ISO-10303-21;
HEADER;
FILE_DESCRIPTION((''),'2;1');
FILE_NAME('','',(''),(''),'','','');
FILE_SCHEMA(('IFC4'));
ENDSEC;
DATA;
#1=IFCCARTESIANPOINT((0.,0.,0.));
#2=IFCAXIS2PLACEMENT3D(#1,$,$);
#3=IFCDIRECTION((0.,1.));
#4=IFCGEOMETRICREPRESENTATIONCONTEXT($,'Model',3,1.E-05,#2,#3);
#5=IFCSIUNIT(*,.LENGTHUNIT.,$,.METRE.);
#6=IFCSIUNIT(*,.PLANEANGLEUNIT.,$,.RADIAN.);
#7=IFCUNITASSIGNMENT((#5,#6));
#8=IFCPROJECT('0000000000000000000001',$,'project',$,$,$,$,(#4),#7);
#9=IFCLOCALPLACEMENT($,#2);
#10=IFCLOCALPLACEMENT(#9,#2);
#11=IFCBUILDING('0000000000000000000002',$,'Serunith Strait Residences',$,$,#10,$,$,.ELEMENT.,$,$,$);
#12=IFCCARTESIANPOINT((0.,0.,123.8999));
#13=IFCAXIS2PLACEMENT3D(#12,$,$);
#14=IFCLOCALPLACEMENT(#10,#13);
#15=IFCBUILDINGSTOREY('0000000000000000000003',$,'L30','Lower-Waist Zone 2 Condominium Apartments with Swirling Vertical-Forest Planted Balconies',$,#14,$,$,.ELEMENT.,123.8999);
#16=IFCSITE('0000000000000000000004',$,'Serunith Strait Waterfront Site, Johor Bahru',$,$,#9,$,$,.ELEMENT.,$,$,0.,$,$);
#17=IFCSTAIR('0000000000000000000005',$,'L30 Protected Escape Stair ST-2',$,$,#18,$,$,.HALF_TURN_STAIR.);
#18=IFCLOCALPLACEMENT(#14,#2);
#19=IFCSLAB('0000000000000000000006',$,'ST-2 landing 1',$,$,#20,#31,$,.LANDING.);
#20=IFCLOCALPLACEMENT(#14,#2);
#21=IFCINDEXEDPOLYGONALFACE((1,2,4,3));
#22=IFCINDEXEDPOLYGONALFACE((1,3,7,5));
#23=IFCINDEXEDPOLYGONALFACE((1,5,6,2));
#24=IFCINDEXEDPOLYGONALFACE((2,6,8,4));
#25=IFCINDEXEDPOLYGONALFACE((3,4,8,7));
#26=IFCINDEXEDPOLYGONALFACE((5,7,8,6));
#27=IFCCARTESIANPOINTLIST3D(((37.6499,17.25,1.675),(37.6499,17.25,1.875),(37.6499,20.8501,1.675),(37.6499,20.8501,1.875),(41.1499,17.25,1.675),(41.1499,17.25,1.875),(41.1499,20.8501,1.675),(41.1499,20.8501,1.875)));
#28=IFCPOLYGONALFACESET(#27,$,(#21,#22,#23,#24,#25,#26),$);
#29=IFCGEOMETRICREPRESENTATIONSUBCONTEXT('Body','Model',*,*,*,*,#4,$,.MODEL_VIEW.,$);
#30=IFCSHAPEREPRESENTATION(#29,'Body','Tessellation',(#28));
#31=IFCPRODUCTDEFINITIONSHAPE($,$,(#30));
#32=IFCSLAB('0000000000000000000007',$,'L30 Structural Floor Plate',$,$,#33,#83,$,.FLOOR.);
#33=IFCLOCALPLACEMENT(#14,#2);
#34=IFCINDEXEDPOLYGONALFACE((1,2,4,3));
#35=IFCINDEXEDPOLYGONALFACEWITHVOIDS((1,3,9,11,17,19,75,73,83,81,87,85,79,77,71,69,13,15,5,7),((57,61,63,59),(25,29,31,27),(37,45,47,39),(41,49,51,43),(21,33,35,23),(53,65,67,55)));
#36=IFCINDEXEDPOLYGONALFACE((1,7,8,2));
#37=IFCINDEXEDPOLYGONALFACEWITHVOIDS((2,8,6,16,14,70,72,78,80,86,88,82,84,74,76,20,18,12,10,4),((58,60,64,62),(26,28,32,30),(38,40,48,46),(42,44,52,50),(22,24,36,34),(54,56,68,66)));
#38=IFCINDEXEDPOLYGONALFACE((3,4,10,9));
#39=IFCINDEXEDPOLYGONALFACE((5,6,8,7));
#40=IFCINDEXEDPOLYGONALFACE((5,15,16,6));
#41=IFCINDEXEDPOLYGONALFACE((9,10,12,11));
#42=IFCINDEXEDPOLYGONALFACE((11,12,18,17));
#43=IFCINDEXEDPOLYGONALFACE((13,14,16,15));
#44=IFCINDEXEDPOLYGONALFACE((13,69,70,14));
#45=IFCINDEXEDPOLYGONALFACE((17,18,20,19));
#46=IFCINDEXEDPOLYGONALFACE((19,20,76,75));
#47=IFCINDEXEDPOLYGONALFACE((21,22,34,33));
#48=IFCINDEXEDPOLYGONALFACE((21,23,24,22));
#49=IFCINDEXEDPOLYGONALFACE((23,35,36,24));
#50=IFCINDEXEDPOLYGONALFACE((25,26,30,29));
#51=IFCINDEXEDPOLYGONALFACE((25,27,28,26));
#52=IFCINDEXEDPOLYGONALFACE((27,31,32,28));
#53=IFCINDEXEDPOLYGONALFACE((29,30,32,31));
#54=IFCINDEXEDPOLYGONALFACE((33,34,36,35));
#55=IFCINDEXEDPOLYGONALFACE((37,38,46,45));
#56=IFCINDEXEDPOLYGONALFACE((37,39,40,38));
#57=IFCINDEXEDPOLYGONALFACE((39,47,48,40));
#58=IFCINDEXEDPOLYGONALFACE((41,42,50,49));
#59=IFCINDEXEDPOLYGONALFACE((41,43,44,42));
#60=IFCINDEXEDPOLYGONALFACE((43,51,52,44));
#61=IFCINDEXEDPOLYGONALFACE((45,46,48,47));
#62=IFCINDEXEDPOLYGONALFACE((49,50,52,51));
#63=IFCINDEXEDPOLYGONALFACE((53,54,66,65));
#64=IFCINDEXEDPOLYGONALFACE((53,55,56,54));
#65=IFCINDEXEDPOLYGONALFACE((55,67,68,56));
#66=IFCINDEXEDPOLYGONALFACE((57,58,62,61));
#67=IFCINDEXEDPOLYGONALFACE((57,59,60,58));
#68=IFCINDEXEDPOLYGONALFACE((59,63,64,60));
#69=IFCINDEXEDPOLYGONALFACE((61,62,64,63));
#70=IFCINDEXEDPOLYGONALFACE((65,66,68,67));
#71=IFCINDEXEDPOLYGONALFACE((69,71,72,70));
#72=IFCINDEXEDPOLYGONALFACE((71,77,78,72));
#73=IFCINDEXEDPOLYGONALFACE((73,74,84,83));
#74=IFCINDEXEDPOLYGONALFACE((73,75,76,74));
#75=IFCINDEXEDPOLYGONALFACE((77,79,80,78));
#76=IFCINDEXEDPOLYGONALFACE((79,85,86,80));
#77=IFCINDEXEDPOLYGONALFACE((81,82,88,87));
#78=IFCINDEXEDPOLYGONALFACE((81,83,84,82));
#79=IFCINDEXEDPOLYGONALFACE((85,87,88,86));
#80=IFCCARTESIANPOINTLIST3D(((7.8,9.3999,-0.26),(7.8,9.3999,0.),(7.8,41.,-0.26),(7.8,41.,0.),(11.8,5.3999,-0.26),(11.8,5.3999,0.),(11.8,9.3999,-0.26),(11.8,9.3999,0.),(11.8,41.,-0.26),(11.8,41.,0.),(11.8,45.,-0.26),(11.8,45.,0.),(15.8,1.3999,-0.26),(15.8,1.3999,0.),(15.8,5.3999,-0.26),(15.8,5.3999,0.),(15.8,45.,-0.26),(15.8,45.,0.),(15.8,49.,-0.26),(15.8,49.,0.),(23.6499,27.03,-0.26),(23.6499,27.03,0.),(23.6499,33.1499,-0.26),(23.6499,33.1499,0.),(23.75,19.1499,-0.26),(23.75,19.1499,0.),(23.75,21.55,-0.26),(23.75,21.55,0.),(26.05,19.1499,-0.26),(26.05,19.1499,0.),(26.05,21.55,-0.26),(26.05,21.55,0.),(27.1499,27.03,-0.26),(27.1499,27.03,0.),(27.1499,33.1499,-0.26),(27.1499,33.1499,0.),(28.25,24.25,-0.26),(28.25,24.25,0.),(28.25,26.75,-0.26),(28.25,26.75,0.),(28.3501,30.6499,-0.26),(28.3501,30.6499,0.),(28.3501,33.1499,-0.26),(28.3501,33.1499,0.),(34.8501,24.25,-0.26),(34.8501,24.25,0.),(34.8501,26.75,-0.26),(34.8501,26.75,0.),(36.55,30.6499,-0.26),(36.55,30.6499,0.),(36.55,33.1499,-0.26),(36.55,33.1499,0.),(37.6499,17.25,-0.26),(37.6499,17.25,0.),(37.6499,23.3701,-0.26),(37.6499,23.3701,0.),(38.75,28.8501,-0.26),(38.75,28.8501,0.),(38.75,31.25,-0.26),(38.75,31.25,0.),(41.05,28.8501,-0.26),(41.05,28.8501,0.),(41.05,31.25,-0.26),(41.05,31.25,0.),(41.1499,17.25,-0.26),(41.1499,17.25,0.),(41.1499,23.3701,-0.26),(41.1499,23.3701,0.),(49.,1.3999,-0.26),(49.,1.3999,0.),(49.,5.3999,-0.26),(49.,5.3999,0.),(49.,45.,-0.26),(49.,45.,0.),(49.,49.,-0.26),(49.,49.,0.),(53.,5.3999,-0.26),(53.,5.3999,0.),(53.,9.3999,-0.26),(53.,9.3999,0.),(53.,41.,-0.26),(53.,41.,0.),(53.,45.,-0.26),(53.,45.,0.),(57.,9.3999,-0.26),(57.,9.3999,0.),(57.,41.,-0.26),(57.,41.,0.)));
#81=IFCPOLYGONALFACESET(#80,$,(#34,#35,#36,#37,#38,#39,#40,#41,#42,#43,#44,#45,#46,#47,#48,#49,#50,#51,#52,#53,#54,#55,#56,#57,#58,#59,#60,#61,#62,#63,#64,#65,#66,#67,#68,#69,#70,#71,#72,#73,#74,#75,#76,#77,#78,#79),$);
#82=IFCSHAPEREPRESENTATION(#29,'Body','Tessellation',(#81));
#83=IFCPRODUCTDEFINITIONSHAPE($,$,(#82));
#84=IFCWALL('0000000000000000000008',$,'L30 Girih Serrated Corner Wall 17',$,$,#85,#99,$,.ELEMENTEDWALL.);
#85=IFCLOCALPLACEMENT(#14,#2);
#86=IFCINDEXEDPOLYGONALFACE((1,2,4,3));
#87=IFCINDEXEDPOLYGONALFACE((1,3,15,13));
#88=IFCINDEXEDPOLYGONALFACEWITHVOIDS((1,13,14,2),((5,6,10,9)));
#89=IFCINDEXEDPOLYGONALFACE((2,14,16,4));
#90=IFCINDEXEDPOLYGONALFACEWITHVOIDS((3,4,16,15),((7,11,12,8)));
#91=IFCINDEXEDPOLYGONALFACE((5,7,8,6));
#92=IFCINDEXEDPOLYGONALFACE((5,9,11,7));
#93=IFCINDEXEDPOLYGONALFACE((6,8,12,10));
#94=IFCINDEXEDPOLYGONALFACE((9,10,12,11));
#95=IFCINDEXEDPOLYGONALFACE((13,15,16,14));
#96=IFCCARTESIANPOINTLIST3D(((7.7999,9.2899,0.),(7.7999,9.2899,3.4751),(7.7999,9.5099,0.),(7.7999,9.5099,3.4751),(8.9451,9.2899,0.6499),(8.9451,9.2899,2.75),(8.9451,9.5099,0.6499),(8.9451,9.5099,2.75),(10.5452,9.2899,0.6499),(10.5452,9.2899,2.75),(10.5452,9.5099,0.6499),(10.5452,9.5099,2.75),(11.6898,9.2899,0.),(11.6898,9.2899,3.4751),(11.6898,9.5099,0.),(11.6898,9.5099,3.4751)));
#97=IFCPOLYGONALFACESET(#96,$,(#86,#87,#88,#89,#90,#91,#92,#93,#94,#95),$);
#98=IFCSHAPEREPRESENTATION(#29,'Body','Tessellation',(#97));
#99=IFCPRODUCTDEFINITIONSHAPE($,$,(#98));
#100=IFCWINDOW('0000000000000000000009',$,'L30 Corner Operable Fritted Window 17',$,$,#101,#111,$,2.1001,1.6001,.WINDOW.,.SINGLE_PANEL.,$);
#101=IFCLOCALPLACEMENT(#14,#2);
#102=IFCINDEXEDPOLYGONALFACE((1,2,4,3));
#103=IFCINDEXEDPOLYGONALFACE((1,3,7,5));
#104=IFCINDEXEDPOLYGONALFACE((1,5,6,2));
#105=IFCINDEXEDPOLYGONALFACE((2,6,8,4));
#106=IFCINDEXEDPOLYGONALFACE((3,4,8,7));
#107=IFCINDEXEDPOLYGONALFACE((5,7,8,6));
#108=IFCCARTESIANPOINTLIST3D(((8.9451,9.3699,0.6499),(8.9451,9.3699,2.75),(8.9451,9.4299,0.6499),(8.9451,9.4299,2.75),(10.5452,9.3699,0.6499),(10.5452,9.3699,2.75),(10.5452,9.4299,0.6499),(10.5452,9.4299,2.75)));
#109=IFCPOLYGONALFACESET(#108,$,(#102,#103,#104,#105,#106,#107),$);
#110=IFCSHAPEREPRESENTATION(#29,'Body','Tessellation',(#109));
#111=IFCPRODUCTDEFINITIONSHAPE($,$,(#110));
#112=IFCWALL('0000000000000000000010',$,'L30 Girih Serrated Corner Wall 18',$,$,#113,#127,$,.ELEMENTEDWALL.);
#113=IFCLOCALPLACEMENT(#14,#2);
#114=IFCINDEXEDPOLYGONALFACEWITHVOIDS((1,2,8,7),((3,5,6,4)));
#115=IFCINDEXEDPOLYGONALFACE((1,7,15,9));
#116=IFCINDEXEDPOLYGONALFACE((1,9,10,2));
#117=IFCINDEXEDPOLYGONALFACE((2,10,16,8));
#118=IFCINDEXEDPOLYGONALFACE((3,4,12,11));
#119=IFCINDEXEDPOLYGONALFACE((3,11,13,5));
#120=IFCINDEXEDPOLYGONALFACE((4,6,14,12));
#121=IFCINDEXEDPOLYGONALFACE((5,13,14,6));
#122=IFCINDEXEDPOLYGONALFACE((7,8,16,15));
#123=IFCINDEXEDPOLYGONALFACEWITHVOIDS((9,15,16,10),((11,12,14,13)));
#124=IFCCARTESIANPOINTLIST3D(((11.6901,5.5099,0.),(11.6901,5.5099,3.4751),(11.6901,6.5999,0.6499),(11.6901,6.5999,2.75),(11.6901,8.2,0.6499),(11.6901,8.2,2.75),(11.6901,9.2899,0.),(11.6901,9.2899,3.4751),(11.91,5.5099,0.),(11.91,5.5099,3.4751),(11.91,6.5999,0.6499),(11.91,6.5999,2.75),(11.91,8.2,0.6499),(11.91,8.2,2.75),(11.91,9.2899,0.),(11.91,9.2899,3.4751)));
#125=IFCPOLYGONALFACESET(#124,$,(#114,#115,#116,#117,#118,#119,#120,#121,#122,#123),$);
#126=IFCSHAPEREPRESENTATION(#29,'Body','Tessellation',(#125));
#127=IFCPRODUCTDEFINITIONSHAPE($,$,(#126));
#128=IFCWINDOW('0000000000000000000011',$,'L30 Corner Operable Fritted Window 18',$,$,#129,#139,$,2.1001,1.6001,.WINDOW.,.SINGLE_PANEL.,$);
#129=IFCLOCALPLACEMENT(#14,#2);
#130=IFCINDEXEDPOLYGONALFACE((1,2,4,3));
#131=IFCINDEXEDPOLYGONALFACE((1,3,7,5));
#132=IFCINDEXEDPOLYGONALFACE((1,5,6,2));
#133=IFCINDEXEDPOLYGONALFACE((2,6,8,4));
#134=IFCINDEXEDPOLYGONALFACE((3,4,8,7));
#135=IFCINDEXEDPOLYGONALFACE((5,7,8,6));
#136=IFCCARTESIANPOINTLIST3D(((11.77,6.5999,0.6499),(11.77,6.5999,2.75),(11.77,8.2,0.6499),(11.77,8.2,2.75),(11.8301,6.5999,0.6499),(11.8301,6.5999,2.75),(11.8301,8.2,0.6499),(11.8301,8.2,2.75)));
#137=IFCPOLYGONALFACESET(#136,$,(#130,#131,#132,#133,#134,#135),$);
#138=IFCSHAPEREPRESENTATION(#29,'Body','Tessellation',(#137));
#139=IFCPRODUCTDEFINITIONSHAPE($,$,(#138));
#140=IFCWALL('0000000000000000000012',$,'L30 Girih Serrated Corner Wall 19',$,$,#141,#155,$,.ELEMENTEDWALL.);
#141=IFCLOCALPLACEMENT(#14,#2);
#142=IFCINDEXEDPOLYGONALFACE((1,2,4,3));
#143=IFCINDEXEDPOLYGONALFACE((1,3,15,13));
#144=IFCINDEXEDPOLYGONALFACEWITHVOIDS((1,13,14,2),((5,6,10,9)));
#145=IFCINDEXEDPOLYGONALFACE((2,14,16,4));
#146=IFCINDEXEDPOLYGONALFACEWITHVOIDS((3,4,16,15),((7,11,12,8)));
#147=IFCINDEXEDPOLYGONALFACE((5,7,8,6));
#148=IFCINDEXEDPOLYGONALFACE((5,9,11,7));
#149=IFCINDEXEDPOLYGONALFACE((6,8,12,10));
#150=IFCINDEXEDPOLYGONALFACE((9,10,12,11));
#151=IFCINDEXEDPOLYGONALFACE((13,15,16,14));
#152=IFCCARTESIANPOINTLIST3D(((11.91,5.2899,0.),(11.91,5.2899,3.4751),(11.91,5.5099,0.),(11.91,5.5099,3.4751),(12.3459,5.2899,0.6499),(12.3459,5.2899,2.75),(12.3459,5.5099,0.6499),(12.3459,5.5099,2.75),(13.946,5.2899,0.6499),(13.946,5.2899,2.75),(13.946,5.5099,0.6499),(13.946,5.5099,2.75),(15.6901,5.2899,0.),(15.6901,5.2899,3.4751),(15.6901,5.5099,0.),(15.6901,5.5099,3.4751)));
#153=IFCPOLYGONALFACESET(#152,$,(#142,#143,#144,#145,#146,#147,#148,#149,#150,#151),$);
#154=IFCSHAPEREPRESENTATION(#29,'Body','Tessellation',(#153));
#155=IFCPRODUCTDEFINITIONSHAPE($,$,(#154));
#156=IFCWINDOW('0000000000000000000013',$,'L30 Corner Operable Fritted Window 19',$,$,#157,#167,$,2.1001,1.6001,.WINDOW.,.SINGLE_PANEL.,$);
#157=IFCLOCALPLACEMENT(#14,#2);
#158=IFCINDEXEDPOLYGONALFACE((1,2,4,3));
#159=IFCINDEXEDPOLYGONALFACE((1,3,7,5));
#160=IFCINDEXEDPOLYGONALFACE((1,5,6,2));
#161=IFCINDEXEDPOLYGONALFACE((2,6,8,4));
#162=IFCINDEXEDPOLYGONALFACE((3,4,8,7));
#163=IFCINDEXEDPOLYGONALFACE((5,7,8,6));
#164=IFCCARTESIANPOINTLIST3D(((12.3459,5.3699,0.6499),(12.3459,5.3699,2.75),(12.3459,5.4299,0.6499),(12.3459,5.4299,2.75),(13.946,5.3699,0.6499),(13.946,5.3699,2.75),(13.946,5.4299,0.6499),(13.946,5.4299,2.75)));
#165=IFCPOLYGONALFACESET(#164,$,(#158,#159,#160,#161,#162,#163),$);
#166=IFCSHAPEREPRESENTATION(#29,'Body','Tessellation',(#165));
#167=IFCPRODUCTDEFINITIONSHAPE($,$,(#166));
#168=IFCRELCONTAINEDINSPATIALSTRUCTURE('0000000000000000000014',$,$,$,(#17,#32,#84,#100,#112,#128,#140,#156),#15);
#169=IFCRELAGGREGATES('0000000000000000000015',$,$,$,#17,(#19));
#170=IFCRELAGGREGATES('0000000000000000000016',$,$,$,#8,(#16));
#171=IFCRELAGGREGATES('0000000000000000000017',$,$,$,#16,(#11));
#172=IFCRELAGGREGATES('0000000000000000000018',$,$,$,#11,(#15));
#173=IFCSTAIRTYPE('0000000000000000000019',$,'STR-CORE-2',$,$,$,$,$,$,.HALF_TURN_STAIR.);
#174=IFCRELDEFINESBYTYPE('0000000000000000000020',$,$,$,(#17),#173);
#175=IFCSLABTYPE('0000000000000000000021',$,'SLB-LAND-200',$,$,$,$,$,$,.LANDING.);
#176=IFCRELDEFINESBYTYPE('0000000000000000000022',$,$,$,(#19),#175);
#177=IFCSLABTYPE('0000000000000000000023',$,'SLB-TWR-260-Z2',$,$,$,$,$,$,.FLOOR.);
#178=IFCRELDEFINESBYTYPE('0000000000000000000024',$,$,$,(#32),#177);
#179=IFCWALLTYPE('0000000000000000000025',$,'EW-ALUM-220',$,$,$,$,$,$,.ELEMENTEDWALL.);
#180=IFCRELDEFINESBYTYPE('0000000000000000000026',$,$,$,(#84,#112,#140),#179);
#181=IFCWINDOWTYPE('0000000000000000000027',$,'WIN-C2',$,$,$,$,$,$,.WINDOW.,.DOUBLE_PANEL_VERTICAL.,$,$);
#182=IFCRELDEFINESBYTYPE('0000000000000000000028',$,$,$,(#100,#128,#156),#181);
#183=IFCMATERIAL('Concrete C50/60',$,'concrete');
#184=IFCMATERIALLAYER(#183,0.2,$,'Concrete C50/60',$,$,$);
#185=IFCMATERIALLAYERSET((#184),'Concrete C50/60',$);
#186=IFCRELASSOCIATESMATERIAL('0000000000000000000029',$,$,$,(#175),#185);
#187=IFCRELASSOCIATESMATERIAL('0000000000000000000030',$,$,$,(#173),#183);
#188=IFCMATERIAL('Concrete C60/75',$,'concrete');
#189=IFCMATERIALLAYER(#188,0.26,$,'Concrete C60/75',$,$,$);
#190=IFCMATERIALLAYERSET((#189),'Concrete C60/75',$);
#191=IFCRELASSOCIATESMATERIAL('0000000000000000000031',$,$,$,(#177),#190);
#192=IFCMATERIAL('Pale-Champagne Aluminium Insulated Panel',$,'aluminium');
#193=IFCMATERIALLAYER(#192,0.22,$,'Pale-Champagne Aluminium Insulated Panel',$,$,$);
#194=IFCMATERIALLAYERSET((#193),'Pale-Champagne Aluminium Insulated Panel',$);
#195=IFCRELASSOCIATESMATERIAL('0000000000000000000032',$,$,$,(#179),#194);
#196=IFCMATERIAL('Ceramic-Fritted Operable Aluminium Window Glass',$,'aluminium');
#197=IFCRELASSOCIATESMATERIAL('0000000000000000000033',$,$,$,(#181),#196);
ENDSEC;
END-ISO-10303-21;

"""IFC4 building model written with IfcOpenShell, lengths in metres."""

from ifc_helpers import new_model, si_unit, direction, frame, frame_2d, origin, place, context, subcontext, project, spatial, polyline, rectangle, outline, extrude, source, transform, mapped, material, layer, layer_set, type_object, element, fill, aggregate, save


model = new_model("IFC4")

# Units and contexts
model_context = context("Model", 3, precision=1e-05, world=origin(), true_north=direction((0.0, 1.0)))
body_context = subcontext(model_context, "Body", "Model", "MODEL_VIEW")
ifc_project = project(units=[si_unit("LENGTHUNIT", "METRE"), si_unit("PLANEANGLEUNIT", "RADIAN")], contexts=[model_context])

# Site, building, storey
site_placement = place(None, origin())
site = spatial("IfcSite", under=ifc_project, at=site_placement, Name="Serunith Strait Waterfront Site, Johor Bahru", CompositionType="ELEMENT", RefElevation=0.0)
building_placement = place(site_placement, origin())
building = spatial("IfcBuilding", under=site, at=building_placement, Name="Serunith Strait Residences", CompositionType="ELEMENT")
storey_placement = place(building_placement, frame((0.0, 0.0, 123.8999)))
storey = spatial("IfcBuildingStorey", under=building, at=storey_placement, Name="L30", Description="Lower-Waist Zone 2 Condominium Apartments with Swirling Vertical-Forest Planted Balconies", CompositionType="ELEMENT", Elevation=123.8999)

# Shared definitions
ifc_material_1 = material(Name="Concrete C50/60", Category="concrete")

# Stair, slab
ifc_layer_1 = layer(ifc_material_1, 0.2, Name="Concrete C50/60")
ifc_layer_set_1 = layer_set([ifc_layer_1], Name="Concrete C50/60")
slab_type_1 = type_object("IfcSlabType", Name="SLB-LAND-200", PredefinedType="LANDING", material=ifc_layer_set_1)
stair_type_1 = type_object("IfcStairType", Name="STR-CORE-2", PredefinedType="HALF_TURN_STAIR", material=ifc_material_1)
stair_1_placement = place(storey_placement, origin())
stair_1 = element("IfcStair", 1, at=stair_1_placement, inside=storey, type_object=stair_type_1, Name="L30 Protected Escape Stair ST-2", PredefinedType="HALF_TURN_STAIR")
slab_1_placement = place(storey_placement, frame((0.0, 0.0, 1.675)))
slab_1 = element("IfcSlab", 2, at=slab_1_placement, type_object=slab_type_1, Name="ST-2 landing 1", PredefinedType="LANDING", context=body_context, shape_type="SweptSolid", body=[
    extrude(outline(polyline([(37.6499, 20.8501), (37.6499, 17.25), (41.1499, 17.25), (41.1499, 20.8501), (37.6499, 20.8501)])), origin(), (0.0, 0.0, 1.0), 0.2),
])
aggregate(stair_1, [slab_1])

# Slab
ifc_material_2 = material(Name="Concrete C60/75", Category="concrete")
ifc_layer_2 = layer(ifc_material_2, 0.26, Name="Concrete C60/75")
ifc_layer_set_2 = layer_set([ifc_layer_2], Name="Concrete C60/75")
slab_type_2 = type_object("IfcSlabType", Name="SLB-TWR-260-Z2", PredefinedType="FLOOR", material=ifc_layer_set_2)
slab_2_placement = place(storey_placement, frame((0.0, 0.0, -0.26)))
element("IfcSlab", 3, at=slab_2_placement, inside=storey, type_object=slab_type_2, Name="L30 Structural Floor Plate", PredefinedType="FLOOR", context=body_context, shape_type="SweptSolid", body=[
    extrude(outline(polyline([(15.8, 5.3999), (11.8, 5.3999), (11.8, 9.3999), (7.8, 9.3999), (7.8, 41.0), (11.8, 41.0), (11.8, 45.0), (15.8, 45.0), (15.8, 49.0), (49.0, 49.0), (49.0, 45.0), (53.0, 45.0), (53.0, 41.0), (57.0, 41.0), (57.0, 9.3999), (53.0, 9.3999), (53.0, 5.3999), (49.0, 5.3999), (49.0, 1.3999), (15.8, 1.3999), (15.8, 5.3999)]), holes=[polyline([(41.1499, 23.3701), (37.6499, 23.3701), (37.6499, 17.25), (41.1499, 17.25), (41.1499, 23.3701)]), polyline([(38.75, 31.25), (38.75, 28.8501), (41.05, 28.8501), (41.05, 31.25), (38.75, 31.25)]), polyline([(36.55, 33.1499), (28.3501, 33.1499), (28.3501, 30.6499), (36.55, 30.6499), (36.55, 33.1499)]), polyline([(34.8501, 26.75), (28.25, 26.75), (28.25, 24.25), (34.8501, 24.25), (34.8501, 26.75)]), polyline([(23.6499, 33.1499), (23.6499, 27.03), (27.1499, 27.03), (27.1499, 33.1499), (23.6499, 33.1499)]), polyline([(26.05, 21.55), (23.75, 21.55), (23.75, 19.1499), (26.05, 19.1499), (26.05, 21.55)])]), origin(), (0.0, 0.0, 1.0), 0.26),
])

# Walls, openings, windows
ifc_material_3 = material(Name="Pale-Champagne Aluminium Insulated Panel", Category="aluminium")
ifc_layer_3 = layer(ifc_material_3, 0.22, Name="Pale-Champagne Aluminium Insulated Panel")
ifc_layer_set_3 = layer_set([ifc_layer_3], Name="Pale-Champagne Aluminium Insulated Panel")
wall_type_1 = type_object("IfcWallType", Name="EW-ALUM-220", PredefinedType="ELEMENTEDWALL", material=ifc_layer_set_3)
wall_1_placement = place(storey_placement, frame((7.8, 9.3999, 0.0), z_axis=(0.0, 0.0, 1.0), x_axis=(1.0, 0.0, 0.0)))
wall_1 = element("IfcWall", 4, at=wall_1_placement, inside=storey, type_object=wall_type_1, Name="L30 Girih Serrated Corner Wall 17", PredefinedType="ELEMENTEDWALL", context=body_context, shape_type="SweptSolid", body=[
    extrude(rectangle(XDim=3.8899, YDim=0.22, at=frame_2d((1.9448, 0.0))), origin(), (0.0, 0.0, 1.0), 3.4751),
])
opening_1_placement = place(wall_1_placement, frame((1.145, 0.0, 0.6499)))
opening_1 = element("IfcOpeningElement", 5, at=opening_1_placement, cuts=wall_1, PredefinedType="OPENING", context=body_context, shape_type="SweptSolid", body=[
    extrude(rectangle(XDim=1.6001, YDim=2.1001, at=frame_2d((0.8, 1.05))), frame((0.0, 0.1201, 0.0), z_axis=(0.0, -1.0, 0.0), x_axis=(1.0, 0.0, 0.0)), (0.0, 0.0, 1.0), 0.24),
])
ifc_material_4 = material(Name="Ceramic-Fritted Operable Aluminium Window Glass", Category="aluminium")
window_type = type_object("IfcWindowType", Name="WIN-C2", PartitioningType="DOUBLE_PANEL_VERTICAL", PredefinedType="WINDOW", material=ifc_material_4)
shared_shape_1 = source(origin(), body_context, "Body", "SweptSolid", [
    extrude(rectangle(XDim=1.6001, YDim=2.1001, at=frame_2d((0.8, 1.05))), frame((0.0, 0.03, 0.0), z_axis=(0.0, -1.0, 0.0), x_axis=(1.0, 0.0, 0.0)), (0.0, 0.0, 1.0), 0.0601),
])
window_1_placement = place(opening_1_placement, origin())
window_1 = element("IfcWindow", 6, at=window_1_placement, inside=storey, type_object=window_type, Name="L30 Corner Operable Fritted Window 17", OverallHeight=2.1001, OverallWidth=1.6001, PartitioningType="SINGLE_PANEL", PredefinedType="WINDOW", context=body_context, shape_type="MappedRepresentation", body=[
    mapped(shared_shape_1, transform((0.0, 0.0, 0.0), scale=1.0)),
])
fill(opening_1, window_1)
wall_2_placement = place(storey_placement, frame((11.8, 9.29, 0.0), z_axis=(0.0, 0.0, 1.0), x_axis=(0.0, -1.0, 0.0)))
wall_2 = element("IfcWall", 7, at=wall_2_placement, inside=storey, type_object=wall_type_1, Name="L30 Girih Serrated Corner Wall 18", PredefinedType="ELEMENTEDWALL", context=body_context, shape_type="SweptSolid", body=[
    extrude(rectangle(XDim=3.78, YDim=0.22, at=frame_2d((1.8901, 0.0))), origin(), (0.0, 0.0, 1.0), 3.4751),
])
opening_2_placement = place(wall_2_placement, frame((1.0901, 0.0, 0.6499)))
opening_2 = element("IfcOpeningElement", 8, at=opening_2_placement, cuts=wall_2, PredefinedType="OPENING", context=body_context, shape_type="SweptSolid", body=[
    extrude(rectangle(XDim=1.6001, YDim=2.1001, at=frame_2d((0.8, 1.05))), frame((0.0, 0.1201, 0.0), z_axis=(0.0, -1.0, 0.0), x_axis=(1.0, 0.0, 0.0)), (0.0, 0.0, 1.0), 0.24),
])
window_2_placement = place(opening_2_placement, origin())
window_2 = element("IfcWindow", 9, at=window_2_placement, inside=storey, type_object=window_type, Name="L30 Corner Operable Fritted Window 18", OverallHeight=2.1001, OverallWidth=1.6001, PartitioningType="SINGLE_PANEL", PredefinedType="WINDOW", context=body_context, shape_type="MappedRepresentation", body=[
    mapped(shared_shape_1, transform((0.0, 0.0, 0.0), scale=1.0)),
])
fill(opening_2, window_2)
wall_3_placement = place(storey_placement, frame((11.9099, 5.3999, 0.0), z_axis=(0.0, 0.0, 1.0), x_axis=(1.0, 0.0, 0.0)))
wall_3 = element("IfcWall", 10, at=wall_3_placement, inside=storey, type_object=wall_type_1, Name="L30 Girih Serrated Corner Wall 19", PredefinedType="ELEMENTEDWALL", context=body_context, shape_type="SweptSolid", body=[
    extrude(rectangle(XDim=3.78, YDim=0.22, at=frame_2d((1.8901, 0.0))), origin(), (0.0, 0.0, 1.0), 3.4751),
])
opening_3_placement = place(wall_3_placement, frame((0.436, 0.0, 0.6499)))
opening_3 = element("IfcOpeningElement", 11, at=opening_3_placement, cuts=wall_3, PredefinedType="OPENING", context=body_context, shape_type="SweptSolid", body=[
    extrude(rectangle(XDim=1.6001, YDim=2.1001, at=frame_2d((0.8, 1.05))), frame((0.0, 0.1201, 0.0), z_axis=(0.0, -1.0, 0.0), x_axis=(1.0, 0.0, 0.0)), (0.0, 0.0, 1.0), 0.24),
])
window_3_placement = place(opening_3_placement, origin())
window_3 = element("IfcWindow", 12, at=window_3_placement, inside=storey, type_object=window_type, Name="L30 Corner Operable Fritted Window 19", OverallHeight=2.1001, OverallWidth=1.6001, PartitioningType="SINGLE_PANEL", PredefinedType="WINDOW", context=body_context, shape_type="MappedRepresentation", body=[
    mapped(shared_shape_1, transform((0.0, 0.0, 0.0), scale=1.0)),
])
fill(opening_3, window_3)

save(model, "model.ifc")
